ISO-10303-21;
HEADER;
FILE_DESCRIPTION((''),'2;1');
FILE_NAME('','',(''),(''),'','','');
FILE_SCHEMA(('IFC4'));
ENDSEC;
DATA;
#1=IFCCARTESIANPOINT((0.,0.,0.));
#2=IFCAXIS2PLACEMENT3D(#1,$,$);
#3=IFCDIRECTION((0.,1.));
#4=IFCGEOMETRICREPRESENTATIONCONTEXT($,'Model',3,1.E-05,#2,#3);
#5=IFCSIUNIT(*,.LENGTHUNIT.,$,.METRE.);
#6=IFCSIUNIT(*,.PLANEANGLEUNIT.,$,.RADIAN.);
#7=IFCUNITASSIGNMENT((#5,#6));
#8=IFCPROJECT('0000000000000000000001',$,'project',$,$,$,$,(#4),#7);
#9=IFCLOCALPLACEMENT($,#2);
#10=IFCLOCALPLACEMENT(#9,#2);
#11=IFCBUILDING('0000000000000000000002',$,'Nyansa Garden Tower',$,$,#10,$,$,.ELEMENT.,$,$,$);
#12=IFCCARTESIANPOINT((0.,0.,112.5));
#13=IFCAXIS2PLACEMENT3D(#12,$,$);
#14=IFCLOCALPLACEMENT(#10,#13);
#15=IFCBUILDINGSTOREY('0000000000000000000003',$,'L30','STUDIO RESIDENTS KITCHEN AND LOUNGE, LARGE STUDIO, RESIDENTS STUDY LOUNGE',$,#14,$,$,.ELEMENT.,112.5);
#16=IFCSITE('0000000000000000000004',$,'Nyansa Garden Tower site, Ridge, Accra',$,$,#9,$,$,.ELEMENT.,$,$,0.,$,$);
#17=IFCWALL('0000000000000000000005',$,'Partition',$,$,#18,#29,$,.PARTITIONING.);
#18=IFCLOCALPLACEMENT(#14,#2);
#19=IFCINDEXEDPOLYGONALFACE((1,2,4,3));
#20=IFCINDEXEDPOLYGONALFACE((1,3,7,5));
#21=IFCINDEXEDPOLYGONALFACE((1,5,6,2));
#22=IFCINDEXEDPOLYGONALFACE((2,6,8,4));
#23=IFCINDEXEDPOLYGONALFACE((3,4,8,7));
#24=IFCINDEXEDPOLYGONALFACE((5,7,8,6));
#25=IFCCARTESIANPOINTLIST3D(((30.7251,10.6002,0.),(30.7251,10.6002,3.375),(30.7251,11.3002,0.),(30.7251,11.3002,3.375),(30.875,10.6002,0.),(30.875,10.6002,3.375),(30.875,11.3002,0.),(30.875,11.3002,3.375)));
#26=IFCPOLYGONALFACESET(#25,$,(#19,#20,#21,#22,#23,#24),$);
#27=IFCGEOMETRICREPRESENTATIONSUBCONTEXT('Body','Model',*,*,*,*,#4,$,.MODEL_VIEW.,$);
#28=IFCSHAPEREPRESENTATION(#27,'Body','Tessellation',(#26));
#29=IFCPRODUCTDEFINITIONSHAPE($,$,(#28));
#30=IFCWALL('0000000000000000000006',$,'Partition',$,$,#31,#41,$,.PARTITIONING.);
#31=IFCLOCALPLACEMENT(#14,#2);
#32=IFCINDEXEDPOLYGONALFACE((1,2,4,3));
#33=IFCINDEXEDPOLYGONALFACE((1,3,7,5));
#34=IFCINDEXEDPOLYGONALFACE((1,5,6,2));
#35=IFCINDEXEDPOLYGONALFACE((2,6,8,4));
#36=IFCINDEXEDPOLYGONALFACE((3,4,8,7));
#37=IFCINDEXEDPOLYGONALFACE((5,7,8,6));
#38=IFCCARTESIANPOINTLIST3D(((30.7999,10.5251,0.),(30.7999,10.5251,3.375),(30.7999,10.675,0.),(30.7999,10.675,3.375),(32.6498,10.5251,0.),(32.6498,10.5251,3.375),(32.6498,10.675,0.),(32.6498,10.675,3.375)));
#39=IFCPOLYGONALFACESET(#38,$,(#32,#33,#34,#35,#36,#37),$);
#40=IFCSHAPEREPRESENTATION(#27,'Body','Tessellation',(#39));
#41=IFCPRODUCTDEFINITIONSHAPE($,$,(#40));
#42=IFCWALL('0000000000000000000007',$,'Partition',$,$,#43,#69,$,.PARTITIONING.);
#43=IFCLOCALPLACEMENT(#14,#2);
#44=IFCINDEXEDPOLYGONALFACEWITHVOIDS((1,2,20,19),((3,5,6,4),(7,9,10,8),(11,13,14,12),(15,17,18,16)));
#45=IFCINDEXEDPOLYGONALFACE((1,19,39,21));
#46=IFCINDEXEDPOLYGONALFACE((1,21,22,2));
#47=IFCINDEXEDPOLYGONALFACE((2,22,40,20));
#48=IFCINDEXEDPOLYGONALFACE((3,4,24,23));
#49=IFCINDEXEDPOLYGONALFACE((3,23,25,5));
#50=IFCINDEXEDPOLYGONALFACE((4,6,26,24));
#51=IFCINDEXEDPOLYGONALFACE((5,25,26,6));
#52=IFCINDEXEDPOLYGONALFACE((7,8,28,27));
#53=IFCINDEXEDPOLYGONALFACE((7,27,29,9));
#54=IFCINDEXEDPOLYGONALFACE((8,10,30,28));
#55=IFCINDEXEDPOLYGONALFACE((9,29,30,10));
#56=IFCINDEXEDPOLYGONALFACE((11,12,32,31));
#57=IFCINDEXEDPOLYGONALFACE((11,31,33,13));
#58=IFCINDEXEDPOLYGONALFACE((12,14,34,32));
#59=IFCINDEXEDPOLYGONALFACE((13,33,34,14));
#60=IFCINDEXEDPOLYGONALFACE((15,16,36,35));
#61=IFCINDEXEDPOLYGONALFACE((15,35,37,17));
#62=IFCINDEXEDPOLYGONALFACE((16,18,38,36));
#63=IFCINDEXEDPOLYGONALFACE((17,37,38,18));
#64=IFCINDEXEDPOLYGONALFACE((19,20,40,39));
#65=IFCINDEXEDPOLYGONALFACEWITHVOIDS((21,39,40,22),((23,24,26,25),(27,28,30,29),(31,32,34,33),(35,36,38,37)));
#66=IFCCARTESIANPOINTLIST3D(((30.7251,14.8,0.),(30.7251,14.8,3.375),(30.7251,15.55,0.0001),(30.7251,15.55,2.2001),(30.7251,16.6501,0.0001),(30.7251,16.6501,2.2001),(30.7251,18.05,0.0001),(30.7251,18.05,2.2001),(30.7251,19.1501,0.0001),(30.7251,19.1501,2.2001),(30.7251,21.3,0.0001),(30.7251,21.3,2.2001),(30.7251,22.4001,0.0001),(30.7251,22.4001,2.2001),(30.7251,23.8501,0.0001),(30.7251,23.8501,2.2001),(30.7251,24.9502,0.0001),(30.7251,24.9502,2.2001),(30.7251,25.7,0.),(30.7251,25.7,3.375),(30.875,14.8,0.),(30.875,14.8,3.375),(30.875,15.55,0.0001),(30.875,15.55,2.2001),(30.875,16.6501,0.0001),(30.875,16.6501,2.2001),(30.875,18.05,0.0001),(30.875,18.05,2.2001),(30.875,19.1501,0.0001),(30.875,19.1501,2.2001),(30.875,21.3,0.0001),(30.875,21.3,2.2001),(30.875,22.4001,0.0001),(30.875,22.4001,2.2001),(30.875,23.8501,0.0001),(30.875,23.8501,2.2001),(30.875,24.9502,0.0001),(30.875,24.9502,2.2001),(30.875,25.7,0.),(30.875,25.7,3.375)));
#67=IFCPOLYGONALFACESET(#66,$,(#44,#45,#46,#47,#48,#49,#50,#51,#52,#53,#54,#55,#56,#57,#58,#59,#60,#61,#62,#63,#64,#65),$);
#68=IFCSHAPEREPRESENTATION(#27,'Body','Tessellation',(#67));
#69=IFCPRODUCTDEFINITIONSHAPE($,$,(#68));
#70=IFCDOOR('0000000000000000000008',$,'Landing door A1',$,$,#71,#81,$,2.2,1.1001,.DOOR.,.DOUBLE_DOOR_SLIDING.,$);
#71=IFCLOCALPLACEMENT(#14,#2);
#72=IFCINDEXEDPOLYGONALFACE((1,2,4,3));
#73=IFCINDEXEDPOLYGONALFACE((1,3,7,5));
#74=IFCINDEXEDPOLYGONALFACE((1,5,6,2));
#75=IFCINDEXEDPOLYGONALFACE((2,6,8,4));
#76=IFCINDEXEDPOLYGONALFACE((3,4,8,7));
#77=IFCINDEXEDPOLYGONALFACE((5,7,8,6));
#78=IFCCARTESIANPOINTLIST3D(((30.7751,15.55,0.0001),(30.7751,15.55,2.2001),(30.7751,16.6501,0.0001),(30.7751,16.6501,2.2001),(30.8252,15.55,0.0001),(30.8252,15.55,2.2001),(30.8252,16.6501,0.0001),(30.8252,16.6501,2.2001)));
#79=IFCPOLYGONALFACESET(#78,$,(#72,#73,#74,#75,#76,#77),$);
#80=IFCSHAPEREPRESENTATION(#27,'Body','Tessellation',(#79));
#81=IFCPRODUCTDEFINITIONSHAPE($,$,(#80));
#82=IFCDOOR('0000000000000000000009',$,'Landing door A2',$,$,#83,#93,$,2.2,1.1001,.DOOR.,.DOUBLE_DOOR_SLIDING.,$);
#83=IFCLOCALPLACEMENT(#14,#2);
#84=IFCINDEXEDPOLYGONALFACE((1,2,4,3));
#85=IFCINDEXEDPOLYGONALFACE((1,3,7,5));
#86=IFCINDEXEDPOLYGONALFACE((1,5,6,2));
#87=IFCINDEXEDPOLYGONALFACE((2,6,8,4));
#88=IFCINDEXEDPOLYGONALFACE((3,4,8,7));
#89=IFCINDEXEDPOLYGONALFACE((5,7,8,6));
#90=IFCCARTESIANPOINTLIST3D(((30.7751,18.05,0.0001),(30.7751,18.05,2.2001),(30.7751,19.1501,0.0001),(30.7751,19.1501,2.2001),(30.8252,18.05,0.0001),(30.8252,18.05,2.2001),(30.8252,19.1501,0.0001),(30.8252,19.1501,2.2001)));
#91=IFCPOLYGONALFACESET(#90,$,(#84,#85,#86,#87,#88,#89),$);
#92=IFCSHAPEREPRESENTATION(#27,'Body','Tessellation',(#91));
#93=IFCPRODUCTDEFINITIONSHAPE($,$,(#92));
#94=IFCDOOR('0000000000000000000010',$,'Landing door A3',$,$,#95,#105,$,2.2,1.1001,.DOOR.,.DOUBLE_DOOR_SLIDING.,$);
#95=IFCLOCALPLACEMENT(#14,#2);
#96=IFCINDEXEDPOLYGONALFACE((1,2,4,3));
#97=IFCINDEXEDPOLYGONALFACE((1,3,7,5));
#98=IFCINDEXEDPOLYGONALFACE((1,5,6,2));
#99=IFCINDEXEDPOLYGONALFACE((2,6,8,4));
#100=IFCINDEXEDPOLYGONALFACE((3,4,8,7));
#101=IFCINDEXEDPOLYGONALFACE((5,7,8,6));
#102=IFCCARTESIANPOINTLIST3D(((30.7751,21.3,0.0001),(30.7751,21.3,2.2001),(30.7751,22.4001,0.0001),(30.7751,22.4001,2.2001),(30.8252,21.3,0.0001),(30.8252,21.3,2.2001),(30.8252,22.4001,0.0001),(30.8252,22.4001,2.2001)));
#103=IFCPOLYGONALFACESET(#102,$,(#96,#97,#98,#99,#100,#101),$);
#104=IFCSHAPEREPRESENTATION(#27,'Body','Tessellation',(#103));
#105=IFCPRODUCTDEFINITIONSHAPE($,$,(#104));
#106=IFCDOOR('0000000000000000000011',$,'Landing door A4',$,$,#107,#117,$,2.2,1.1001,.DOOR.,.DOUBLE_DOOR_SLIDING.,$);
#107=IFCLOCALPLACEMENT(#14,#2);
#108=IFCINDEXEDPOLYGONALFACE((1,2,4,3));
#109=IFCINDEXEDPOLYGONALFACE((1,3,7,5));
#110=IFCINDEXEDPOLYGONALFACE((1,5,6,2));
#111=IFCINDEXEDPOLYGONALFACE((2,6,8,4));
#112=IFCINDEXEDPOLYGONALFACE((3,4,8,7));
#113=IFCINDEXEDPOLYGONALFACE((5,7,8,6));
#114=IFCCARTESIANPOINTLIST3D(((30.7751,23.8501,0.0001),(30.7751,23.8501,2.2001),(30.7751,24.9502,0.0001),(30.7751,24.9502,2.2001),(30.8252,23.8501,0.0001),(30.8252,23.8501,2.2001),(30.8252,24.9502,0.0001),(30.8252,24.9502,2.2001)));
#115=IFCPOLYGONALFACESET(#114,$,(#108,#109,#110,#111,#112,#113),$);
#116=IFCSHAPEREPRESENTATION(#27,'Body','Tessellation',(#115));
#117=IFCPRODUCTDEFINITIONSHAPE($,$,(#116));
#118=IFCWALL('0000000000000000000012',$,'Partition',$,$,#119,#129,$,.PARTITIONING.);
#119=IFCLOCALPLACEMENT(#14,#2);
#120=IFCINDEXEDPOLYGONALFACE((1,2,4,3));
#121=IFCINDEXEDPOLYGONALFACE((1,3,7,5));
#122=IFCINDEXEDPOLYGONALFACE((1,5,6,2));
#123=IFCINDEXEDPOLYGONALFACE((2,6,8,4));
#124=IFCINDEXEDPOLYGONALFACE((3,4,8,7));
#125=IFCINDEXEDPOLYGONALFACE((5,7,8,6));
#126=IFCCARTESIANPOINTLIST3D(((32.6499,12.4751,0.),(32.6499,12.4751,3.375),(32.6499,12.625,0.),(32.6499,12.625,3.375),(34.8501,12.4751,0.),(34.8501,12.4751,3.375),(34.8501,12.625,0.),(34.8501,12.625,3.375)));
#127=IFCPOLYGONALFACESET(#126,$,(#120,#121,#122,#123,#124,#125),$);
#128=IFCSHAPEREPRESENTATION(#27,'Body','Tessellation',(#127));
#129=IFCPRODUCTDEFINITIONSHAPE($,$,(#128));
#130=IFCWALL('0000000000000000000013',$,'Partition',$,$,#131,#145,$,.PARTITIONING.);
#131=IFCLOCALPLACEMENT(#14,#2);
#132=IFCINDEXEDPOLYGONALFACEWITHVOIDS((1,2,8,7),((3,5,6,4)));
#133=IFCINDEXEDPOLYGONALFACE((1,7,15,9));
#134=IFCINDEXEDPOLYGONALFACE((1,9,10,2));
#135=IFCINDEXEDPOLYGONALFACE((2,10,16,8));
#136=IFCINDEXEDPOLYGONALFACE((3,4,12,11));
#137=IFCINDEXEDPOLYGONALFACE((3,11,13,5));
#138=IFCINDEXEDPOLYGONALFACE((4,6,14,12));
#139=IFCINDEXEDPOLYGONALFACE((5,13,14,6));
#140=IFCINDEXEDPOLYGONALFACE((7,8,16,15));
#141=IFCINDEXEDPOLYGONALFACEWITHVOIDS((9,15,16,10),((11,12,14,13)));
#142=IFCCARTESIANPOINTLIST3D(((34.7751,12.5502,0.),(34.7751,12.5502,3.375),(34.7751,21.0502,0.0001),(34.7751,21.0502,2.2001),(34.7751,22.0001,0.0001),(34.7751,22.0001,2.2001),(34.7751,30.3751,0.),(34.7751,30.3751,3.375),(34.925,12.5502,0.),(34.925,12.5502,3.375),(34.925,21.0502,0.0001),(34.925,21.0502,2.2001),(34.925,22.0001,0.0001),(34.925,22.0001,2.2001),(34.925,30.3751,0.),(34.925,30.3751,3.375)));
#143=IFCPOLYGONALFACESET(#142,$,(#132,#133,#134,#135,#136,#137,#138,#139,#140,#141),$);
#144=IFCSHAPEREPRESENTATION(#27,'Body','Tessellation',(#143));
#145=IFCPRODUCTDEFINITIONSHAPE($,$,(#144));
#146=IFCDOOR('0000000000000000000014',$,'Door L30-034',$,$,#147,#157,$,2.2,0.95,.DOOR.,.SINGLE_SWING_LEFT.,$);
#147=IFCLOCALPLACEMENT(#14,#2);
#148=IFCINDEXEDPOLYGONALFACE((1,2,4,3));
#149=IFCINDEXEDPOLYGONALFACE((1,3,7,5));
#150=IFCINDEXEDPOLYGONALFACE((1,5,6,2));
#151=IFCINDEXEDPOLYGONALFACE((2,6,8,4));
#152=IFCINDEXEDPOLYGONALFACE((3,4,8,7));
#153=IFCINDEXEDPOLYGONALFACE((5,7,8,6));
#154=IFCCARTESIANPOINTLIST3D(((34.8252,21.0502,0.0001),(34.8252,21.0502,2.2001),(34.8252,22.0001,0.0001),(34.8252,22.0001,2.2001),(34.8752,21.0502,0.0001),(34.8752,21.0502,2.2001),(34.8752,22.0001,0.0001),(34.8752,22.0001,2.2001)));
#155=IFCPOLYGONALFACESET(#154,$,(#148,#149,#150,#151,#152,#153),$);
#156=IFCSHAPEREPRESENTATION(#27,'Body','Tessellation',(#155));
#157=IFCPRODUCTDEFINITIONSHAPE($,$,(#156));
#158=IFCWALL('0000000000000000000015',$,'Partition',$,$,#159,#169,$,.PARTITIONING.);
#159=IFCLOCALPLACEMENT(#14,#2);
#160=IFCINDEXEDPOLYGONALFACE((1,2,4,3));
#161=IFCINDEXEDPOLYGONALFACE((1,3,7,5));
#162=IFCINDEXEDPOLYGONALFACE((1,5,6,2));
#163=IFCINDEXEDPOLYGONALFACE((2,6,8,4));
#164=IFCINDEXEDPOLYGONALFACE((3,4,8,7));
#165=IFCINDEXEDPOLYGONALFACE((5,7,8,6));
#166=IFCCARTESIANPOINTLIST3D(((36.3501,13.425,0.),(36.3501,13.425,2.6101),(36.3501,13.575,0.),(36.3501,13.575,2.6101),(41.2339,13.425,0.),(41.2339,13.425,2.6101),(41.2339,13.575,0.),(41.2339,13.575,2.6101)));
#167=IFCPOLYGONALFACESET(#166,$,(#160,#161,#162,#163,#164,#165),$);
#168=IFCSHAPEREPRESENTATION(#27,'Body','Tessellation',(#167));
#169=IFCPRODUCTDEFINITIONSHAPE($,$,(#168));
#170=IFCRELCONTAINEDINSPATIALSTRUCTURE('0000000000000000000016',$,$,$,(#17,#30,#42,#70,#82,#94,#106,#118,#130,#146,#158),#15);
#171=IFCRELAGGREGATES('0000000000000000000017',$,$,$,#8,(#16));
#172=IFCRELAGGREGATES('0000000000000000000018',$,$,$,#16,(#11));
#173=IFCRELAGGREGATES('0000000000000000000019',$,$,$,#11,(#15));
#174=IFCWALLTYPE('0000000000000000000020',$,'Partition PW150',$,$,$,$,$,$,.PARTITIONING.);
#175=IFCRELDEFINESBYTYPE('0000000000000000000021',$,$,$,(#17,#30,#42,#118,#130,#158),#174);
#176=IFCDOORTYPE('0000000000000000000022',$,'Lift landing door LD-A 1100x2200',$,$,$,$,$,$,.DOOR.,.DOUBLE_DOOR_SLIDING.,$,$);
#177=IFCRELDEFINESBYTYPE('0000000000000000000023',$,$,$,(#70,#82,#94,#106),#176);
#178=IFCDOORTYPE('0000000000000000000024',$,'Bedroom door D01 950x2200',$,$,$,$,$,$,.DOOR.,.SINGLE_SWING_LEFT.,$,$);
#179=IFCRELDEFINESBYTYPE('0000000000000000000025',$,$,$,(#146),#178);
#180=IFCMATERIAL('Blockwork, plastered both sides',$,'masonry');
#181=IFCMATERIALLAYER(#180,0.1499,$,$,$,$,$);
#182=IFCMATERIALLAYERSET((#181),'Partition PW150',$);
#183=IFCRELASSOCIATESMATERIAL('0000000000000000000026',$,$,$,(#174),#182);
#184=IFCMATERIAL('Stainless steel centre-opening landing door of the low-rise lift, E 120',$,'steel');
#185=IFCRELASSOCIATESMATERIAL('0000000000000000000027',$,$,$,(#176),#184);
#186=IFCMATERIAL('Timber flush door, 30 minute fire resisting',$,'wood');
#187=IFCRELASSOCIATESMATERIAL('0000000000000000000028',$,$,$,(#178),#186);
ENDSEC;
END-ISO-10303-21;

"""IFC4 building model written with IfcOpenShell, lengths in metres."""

from ifc_helpers import new_model, si_unit, direction, frame, frame_2d, origin, place, context, subcontext, project, spatial, rectangle, extrude, material, layer, layer_set, type_object, element, fill, save


model = new_model("IFC4")

# Units and contexts
model_context = context("Model", 3, precision=1e-05, world=origin(), true_north=direction((0.0, 1.0)))
body_context = subcontext(model_context, "Body", "Model", "MODEL_VIEW")
ifc_project = project(units=[si_unit("LENGTHUNIT", "METRE"), si_unit("PLANEANGLEUNIT", "RADIAN")], contexts=[model_context])

# Site, building, storey
site_placement = place(None, origin())
site = spatial("IfcSite", under=ifc_project, at=site_placement, Name="Nyansa Garden Tower site, Ridge, Accra", CompositionType="ELEMENT", RefElevation=0.0)
building_placement = place(site_placement, origin())
building = spatial("IfcBuilding", under=site, at=building_placement, Name="Nyansa Garden Tower", CompositionType="ELEMENT")
storey_placement = place(building_placement, frame((0.0, 0.0, 112.5)))
storey = spatial("IfcBuildingStorey", under=building, at=storey_placement, Name="L30", Description="STUDIO RESIDENTS KITCHEN AND LOUNGE, LARGE STUDIO, RESIDENTS STUDY LOUNGE", CompositionType="ELEMENT", Elevation=112.5)

# Walls
ifc_material_1 = material(Name="Blockwork, plastered both sides", Category="masonry")
ifc_layer_1 = layer(ifc_material_1, 0.1499)
ifc_layer_set_1 = layer_set([ifc_layer_1], Name="Partition PW150")
wall_type_1 = type_object("IfcWallType", Name="Partition PW150", PredefinedType="PARTITIONING", material=ifc_layer_set_1)
wall_1_placement = place(storey_placement, frame((30.8, 10.6001, 0.0), z_axis=(0.0, 0.0, 1.0), x_axis=(0.0, 1.0, 0.0)))
element("IfcWall", 1, at=wall_1_placement, inside=storey, type_object=wall_type_1, Name="Partition", PredefinedType="PARTITIONING", context=body_context, shape_type="SweptSolid", body=[
    extrude(rectangle(XDim=0.7, YDim=0.1499, at=frame_2d((0.3501, 0.0))), origin(), (0.0, 0.0, 1.0), 3.375),
])
wall_2_placement = place(storey_placement, frame((30.8, 10.6001, 0.0), z_axis=(0.0, 0.0, 1.0), x_axis=(1.0, 0.0, 0.0)))
element("IfcWall", 2, at=wall_2_placement, inside=storey, type_object=wall_type_1, Name="Partition", PredefinedType="PARTITIONING", context=body_context, shape_type="SweptSolid", body=[
    extrude(rectangle(XDim=1.8499, YDim=0.1499, at=frame_2d((0.9248, 0.0))), origin(), (0.0, 0.0, 1.0), 3.375),
])

# Wall, openings, doors
wall_3_placement = place(storey_placement, frame((30.8, 14.8, 0.0), z_axis=(0.0, 0.0, 1.0), x_axis=(0.0, 1.0, 0.0)))
wall_3 = element("IfcWall", 3, at=wall_3_placement, inside=storey, type_object=wall_type_1, Name="Partition", PredefinedType="PARTITIONING", context=body_context, shape_type="SweptSolid", body=[
    extrude(rectangle(XDim=10.8999, YDim=0.1499, at=frame_2d((5.45, 0.0))), origin(), (0.0, 0.0, 1.0), 3.375),
])
opening_1_placement = place(wall_3_placement, frame((0.75, 0.0, 0.0)))
opening_1 = element("IfcOpeningElement", 4, at=opening_1_placement, cuts=wall_3, PredefinedType="OPENING", context=body_context, shape_type="SweptSolid", body=[
    extrude(rectangle(XDim=1.1001, YDim=2.2, at=frame_2d((0.55, 1.1001))), frame((0.0, 0.085, 0.0), z_axis=(0.0, -1.0, 0.0), x_axis=(1.0, 0.0, 0.0)), (0.0, 0.0, 1.0), 0.1699),
])
opening_2_placement = place(wall_3_placement, frame((3.25, 0.0, 0.0)))
opening_2 = element("IfcOpeningElement", 5, at=opening_2_placement, cuts=wall_3, PredefinedType="OPENING", context=body_context, shape_type="SweptSolid", body=[
    extrude(rectangle(XDim=1.1001, YDim=2.2, at=frame_2d((0.55, 1.1001))), frame((0.0, 0.085, 0.0), z_axis=(0.0, -1.0, 0.0), x_axis=(1.0, 0.0, 0.0)), (0.0, 0.0, 1.0), 0.1699),
])
opening_3_placement = place(wall_3_placement, frame((6.5, 0.0, 0.0)))
opening_3 = element("IfcOpeningElement", 6, at=opening_3_placement, cuts=wall_3, PredefinedType="OPENING", context=body_context, shape_type="SweptSolid", body=[
    extrude(rectangle(XDim=1.1001, YDim=2.2, at=frame_2d((0.55, 1.1001))), frame((0.0, 0.085, 0.0), z_axis=(0.0, -1.0, 0.0), x_axis=(1.0, 0.0, 0.0)), (0.0, 0.0, 1.0), 0.1699),
])
opening_4_placement = place(wall_3_placement, frame((9.05, 0.0, 0.0)))
opening_4 = element("IfcOpeningElement", 7, at=opening_4_placement, cuts=wall_3, PredefinedType="OPENING", context=body_context, shape_type="SweptSolid", body=[
    extrude(rectangle(XDim=1.1001, YDim=2.2, at=frame_2d((0.55, 1.1001))), frame((0.0, 0.085, 0.0), z_axis=(0.0, -1.0, 0.0), x_axis=(1.0, 0.0, 0.0)), (0.0, 0.0, 1.0), 0.1699),
])
ifc_material_2 = material(Name="Stainless steel centre-opening landing door of the low-rise lift, E 120", Category="steel")
door_type_1 = type_object("IfcDoorType", Name="Lift landing door LD-A 1100x2200", OperationType="DOUBLE_DOOR_SLIDING", PredefinedType="DOOR", material=ifc_material_2)
door_1_placement = place(opening_1_placement, origin())
door_1 = element("IfcDoor", 8, at=door_1_placement, inside=storey, type_object=door_type_1, Name="Landing door A1", OperationType="DOUBLE_DOOR_SLIDING", OverallHeight=2.2, OverallWidth=1.1001, PredefinedType="DOOR", context=body_context, shape_type="SweptSolid", body=[
    extrude(rectangle(XDim=1.1001, YDim=2.2, at=frame_2d((0.55, 1.1001))), frame((0.0, 0.0249, 0.0), z_axis=(0.0, -1.0, 0.0), x_axis=(1.0, 0.0, 0.0)), (0.0, 0.0, 1.0), 0.05),
])
fill(opening_1, door_1)
door_2_placement = place(opening_2_placement, origin())
door_2 = element("IfcDoor", 9, at=door_2_placement, inside=storey, type_object=door_type_1, Name="Landing door A2", OperationType="DOUBLE_DOOR_SLIDING", OverallHeight=2.2, OverallWidth=1.1001, PredefinedType="DOOR", context=body_context, shape_type="SweptSolid", body=[
    extrude(rectangle(XDim=1.1001, YDim=2.2, at=frame_2d((0.55, 1.1001))), frame((0.0, 0.0249, 0.0), z_axis=(0.0, -1.0, 0.0), x_axis=(1.0, 0.0, 0.0)), (0.0, 0.0, 1.0), 0.05),
])
fill(opening_2, door_2)
door_3_placement = place(opening_3_placement, origin())
door_3 = element("IfcDoor", 10, at=door_3_placement, inside=storey, type_object=door_type_1, Name="Landing door A3", OperationType="DOUBLE_DOOR_SLIDING", OverallHeight=2.2, OverallWidth=1.1001, PredefinedType="DOOR", context=body_context, shape_type="SweptSolid", body=[
    extrude(rectangle(XDim=1.1001, YDim=2.2, at=frame_2d((0.55, 1.1001))), frame((0.0, 0.0249, 0.0), z_axis=(0.0, -1.0, 0.0), x_axis=(1.0, 0.0, 0.0)), (0.0, 0.0, 1.0), 0.05),
])
fill(opening_3, door_3)
door_4_placement = place(opening_4_placement, origin())
door_4 = element("IfcDoor", 11, at=door_4_placement, inside=storey, type_object=door_type_1, Name="Landing door A4", OperationType="DOUBLE_DOOR_SLIDING", OverallHeight=2.2, OverallWidth=1.1001, PredefinedType="DOOR", context=body_context, shape_type="SweptSolid", body=[
    extrude(rectangle(XDim=1.1001, YDim=2.2, at=frame_2d((0.55, 1.1001))), frame((0.0, 0.0249, 0.0), z_axis=(0.0, -1.0, 0.0), x_axis=(1.0, 0.0, 0.0)), (0.0, 0.0, 1.0), 0.05),
])
fill(opening_4, door_4)

# Wall
wall_4_placement = place(storey_placement, frame((32.6499, 12.55, 0.0), z_axis=(0.0, 0.0, 1.0), x_axis=(1.0, 0.0, 0.0)))
element("IfcWall", 12, at=wall_4_placement, inside=storey, type_object=wall_type_1, Name="Partition", PredefinedType="PARTITIONING", context=body_context, shape_type="SweptSolid", body=[
    extrude(rectangle(XDim=2.2002, YDim=0.1499, at=frame_2d((1.1001, 0.0))), origin(), (0.0, 0.0, 1.0), 3.375),
])

# Wall, opening, door
wall_5_placement = place(storey_placement, frame((34.8501, 12.55, 0.0), z_axis=(0.0, 0.0, 1.0), x_axis=(0.0, 1.0, 0.0)))
wall_5 = element("IfcWall", 13, at=wall_5_placement, inside=storey, type_object=wall_type_1, Name="Partition", PredefinedType="PARTITIONING", context=body_context, shape_type="SweptSolid", body=[
    extrude(rectangle(XDim=17.825, YDim=0.1499, at=frame_2d((8.9126, 0.0))), origin(), (0.0, 0.0, 1.0), 3.375),
])
opening_5_placement = place(wall_5_placement, frame((8.5, 0.0, 0.0)))
opening_5 = element("IfcOpeningElement", 14, at=opening_5_placement, cuts=wall_5, PredefinedType="OPENING", context=body_context, shape_type="SweptSolid", body=[
    extrude(rectangle(XDim=0.95, YDim=2.2, at=frame_2d((0.4751, 1.1001))), frame((0.0, 0.085, 0.0), z_axis=(0.0, -1.0, 0.0), x_axis=(1.0, 0.0, 0.0)), (0.0, 0.0, 1.0), 0.1699),
])
ifc_material_3 = material(Name="Timber flush door, 30 minute fire resisting", Category="wood")
door_type_2 = type_object("IfcDoorType", Name="Bedroom door D01 950x2200", OperationType="SINGLE_SWING_LEFT", PredefinedType="DOOR", material=ifc_material_3)
door_5_placement = place(opening_5_placement, origin())
door_5 = element("IfcDoor", 15, at=door_5_placement, inside=storey, type_object=door_type_2, Name="Door L30-034", OperationType="SINGLE_SWING_LEFT", OverallHeight=2.2, OverallWidth=0.95, PredefinedType="DOOR", context=body_context, shape_type="SweptSolid", body=[
    extrude(rectangle(XDim=0.95, YDim=2.2, at=frame_2d((0.4751, 1.1001))), frame((0.0, 0.0249, 0.0), z_axis=(0.0, -1.0, 0.0), x_axis=(1.0, 0.0, 0.0)), (0.0, 0.0, 1.0), 0.05),
])
fill(opening_5, door_5)

# Wall
wall_6_placement = place(storey_placement, frame((36.3501, 13.5, 0.0), z_axis=(0.0, 0.0, 1.0), x_axis=(1.0, 0.0, 0.0)))
element("IfcWall", 16, at=wall_6_placement, inside=storey, type_object=wall_type_1, Name="Partition", PredefinedType="PARTITIONING", context=body_context, shape_type="SweptSolid", body=[
    extrude(rectangle(XDim=4.8838, YDim=0.1499, at=frame_2d((2.4419, 0.0))), origin(), (0.0, 0.0, 1.0), 2.6101),
])

save(model, "model.ifc")
